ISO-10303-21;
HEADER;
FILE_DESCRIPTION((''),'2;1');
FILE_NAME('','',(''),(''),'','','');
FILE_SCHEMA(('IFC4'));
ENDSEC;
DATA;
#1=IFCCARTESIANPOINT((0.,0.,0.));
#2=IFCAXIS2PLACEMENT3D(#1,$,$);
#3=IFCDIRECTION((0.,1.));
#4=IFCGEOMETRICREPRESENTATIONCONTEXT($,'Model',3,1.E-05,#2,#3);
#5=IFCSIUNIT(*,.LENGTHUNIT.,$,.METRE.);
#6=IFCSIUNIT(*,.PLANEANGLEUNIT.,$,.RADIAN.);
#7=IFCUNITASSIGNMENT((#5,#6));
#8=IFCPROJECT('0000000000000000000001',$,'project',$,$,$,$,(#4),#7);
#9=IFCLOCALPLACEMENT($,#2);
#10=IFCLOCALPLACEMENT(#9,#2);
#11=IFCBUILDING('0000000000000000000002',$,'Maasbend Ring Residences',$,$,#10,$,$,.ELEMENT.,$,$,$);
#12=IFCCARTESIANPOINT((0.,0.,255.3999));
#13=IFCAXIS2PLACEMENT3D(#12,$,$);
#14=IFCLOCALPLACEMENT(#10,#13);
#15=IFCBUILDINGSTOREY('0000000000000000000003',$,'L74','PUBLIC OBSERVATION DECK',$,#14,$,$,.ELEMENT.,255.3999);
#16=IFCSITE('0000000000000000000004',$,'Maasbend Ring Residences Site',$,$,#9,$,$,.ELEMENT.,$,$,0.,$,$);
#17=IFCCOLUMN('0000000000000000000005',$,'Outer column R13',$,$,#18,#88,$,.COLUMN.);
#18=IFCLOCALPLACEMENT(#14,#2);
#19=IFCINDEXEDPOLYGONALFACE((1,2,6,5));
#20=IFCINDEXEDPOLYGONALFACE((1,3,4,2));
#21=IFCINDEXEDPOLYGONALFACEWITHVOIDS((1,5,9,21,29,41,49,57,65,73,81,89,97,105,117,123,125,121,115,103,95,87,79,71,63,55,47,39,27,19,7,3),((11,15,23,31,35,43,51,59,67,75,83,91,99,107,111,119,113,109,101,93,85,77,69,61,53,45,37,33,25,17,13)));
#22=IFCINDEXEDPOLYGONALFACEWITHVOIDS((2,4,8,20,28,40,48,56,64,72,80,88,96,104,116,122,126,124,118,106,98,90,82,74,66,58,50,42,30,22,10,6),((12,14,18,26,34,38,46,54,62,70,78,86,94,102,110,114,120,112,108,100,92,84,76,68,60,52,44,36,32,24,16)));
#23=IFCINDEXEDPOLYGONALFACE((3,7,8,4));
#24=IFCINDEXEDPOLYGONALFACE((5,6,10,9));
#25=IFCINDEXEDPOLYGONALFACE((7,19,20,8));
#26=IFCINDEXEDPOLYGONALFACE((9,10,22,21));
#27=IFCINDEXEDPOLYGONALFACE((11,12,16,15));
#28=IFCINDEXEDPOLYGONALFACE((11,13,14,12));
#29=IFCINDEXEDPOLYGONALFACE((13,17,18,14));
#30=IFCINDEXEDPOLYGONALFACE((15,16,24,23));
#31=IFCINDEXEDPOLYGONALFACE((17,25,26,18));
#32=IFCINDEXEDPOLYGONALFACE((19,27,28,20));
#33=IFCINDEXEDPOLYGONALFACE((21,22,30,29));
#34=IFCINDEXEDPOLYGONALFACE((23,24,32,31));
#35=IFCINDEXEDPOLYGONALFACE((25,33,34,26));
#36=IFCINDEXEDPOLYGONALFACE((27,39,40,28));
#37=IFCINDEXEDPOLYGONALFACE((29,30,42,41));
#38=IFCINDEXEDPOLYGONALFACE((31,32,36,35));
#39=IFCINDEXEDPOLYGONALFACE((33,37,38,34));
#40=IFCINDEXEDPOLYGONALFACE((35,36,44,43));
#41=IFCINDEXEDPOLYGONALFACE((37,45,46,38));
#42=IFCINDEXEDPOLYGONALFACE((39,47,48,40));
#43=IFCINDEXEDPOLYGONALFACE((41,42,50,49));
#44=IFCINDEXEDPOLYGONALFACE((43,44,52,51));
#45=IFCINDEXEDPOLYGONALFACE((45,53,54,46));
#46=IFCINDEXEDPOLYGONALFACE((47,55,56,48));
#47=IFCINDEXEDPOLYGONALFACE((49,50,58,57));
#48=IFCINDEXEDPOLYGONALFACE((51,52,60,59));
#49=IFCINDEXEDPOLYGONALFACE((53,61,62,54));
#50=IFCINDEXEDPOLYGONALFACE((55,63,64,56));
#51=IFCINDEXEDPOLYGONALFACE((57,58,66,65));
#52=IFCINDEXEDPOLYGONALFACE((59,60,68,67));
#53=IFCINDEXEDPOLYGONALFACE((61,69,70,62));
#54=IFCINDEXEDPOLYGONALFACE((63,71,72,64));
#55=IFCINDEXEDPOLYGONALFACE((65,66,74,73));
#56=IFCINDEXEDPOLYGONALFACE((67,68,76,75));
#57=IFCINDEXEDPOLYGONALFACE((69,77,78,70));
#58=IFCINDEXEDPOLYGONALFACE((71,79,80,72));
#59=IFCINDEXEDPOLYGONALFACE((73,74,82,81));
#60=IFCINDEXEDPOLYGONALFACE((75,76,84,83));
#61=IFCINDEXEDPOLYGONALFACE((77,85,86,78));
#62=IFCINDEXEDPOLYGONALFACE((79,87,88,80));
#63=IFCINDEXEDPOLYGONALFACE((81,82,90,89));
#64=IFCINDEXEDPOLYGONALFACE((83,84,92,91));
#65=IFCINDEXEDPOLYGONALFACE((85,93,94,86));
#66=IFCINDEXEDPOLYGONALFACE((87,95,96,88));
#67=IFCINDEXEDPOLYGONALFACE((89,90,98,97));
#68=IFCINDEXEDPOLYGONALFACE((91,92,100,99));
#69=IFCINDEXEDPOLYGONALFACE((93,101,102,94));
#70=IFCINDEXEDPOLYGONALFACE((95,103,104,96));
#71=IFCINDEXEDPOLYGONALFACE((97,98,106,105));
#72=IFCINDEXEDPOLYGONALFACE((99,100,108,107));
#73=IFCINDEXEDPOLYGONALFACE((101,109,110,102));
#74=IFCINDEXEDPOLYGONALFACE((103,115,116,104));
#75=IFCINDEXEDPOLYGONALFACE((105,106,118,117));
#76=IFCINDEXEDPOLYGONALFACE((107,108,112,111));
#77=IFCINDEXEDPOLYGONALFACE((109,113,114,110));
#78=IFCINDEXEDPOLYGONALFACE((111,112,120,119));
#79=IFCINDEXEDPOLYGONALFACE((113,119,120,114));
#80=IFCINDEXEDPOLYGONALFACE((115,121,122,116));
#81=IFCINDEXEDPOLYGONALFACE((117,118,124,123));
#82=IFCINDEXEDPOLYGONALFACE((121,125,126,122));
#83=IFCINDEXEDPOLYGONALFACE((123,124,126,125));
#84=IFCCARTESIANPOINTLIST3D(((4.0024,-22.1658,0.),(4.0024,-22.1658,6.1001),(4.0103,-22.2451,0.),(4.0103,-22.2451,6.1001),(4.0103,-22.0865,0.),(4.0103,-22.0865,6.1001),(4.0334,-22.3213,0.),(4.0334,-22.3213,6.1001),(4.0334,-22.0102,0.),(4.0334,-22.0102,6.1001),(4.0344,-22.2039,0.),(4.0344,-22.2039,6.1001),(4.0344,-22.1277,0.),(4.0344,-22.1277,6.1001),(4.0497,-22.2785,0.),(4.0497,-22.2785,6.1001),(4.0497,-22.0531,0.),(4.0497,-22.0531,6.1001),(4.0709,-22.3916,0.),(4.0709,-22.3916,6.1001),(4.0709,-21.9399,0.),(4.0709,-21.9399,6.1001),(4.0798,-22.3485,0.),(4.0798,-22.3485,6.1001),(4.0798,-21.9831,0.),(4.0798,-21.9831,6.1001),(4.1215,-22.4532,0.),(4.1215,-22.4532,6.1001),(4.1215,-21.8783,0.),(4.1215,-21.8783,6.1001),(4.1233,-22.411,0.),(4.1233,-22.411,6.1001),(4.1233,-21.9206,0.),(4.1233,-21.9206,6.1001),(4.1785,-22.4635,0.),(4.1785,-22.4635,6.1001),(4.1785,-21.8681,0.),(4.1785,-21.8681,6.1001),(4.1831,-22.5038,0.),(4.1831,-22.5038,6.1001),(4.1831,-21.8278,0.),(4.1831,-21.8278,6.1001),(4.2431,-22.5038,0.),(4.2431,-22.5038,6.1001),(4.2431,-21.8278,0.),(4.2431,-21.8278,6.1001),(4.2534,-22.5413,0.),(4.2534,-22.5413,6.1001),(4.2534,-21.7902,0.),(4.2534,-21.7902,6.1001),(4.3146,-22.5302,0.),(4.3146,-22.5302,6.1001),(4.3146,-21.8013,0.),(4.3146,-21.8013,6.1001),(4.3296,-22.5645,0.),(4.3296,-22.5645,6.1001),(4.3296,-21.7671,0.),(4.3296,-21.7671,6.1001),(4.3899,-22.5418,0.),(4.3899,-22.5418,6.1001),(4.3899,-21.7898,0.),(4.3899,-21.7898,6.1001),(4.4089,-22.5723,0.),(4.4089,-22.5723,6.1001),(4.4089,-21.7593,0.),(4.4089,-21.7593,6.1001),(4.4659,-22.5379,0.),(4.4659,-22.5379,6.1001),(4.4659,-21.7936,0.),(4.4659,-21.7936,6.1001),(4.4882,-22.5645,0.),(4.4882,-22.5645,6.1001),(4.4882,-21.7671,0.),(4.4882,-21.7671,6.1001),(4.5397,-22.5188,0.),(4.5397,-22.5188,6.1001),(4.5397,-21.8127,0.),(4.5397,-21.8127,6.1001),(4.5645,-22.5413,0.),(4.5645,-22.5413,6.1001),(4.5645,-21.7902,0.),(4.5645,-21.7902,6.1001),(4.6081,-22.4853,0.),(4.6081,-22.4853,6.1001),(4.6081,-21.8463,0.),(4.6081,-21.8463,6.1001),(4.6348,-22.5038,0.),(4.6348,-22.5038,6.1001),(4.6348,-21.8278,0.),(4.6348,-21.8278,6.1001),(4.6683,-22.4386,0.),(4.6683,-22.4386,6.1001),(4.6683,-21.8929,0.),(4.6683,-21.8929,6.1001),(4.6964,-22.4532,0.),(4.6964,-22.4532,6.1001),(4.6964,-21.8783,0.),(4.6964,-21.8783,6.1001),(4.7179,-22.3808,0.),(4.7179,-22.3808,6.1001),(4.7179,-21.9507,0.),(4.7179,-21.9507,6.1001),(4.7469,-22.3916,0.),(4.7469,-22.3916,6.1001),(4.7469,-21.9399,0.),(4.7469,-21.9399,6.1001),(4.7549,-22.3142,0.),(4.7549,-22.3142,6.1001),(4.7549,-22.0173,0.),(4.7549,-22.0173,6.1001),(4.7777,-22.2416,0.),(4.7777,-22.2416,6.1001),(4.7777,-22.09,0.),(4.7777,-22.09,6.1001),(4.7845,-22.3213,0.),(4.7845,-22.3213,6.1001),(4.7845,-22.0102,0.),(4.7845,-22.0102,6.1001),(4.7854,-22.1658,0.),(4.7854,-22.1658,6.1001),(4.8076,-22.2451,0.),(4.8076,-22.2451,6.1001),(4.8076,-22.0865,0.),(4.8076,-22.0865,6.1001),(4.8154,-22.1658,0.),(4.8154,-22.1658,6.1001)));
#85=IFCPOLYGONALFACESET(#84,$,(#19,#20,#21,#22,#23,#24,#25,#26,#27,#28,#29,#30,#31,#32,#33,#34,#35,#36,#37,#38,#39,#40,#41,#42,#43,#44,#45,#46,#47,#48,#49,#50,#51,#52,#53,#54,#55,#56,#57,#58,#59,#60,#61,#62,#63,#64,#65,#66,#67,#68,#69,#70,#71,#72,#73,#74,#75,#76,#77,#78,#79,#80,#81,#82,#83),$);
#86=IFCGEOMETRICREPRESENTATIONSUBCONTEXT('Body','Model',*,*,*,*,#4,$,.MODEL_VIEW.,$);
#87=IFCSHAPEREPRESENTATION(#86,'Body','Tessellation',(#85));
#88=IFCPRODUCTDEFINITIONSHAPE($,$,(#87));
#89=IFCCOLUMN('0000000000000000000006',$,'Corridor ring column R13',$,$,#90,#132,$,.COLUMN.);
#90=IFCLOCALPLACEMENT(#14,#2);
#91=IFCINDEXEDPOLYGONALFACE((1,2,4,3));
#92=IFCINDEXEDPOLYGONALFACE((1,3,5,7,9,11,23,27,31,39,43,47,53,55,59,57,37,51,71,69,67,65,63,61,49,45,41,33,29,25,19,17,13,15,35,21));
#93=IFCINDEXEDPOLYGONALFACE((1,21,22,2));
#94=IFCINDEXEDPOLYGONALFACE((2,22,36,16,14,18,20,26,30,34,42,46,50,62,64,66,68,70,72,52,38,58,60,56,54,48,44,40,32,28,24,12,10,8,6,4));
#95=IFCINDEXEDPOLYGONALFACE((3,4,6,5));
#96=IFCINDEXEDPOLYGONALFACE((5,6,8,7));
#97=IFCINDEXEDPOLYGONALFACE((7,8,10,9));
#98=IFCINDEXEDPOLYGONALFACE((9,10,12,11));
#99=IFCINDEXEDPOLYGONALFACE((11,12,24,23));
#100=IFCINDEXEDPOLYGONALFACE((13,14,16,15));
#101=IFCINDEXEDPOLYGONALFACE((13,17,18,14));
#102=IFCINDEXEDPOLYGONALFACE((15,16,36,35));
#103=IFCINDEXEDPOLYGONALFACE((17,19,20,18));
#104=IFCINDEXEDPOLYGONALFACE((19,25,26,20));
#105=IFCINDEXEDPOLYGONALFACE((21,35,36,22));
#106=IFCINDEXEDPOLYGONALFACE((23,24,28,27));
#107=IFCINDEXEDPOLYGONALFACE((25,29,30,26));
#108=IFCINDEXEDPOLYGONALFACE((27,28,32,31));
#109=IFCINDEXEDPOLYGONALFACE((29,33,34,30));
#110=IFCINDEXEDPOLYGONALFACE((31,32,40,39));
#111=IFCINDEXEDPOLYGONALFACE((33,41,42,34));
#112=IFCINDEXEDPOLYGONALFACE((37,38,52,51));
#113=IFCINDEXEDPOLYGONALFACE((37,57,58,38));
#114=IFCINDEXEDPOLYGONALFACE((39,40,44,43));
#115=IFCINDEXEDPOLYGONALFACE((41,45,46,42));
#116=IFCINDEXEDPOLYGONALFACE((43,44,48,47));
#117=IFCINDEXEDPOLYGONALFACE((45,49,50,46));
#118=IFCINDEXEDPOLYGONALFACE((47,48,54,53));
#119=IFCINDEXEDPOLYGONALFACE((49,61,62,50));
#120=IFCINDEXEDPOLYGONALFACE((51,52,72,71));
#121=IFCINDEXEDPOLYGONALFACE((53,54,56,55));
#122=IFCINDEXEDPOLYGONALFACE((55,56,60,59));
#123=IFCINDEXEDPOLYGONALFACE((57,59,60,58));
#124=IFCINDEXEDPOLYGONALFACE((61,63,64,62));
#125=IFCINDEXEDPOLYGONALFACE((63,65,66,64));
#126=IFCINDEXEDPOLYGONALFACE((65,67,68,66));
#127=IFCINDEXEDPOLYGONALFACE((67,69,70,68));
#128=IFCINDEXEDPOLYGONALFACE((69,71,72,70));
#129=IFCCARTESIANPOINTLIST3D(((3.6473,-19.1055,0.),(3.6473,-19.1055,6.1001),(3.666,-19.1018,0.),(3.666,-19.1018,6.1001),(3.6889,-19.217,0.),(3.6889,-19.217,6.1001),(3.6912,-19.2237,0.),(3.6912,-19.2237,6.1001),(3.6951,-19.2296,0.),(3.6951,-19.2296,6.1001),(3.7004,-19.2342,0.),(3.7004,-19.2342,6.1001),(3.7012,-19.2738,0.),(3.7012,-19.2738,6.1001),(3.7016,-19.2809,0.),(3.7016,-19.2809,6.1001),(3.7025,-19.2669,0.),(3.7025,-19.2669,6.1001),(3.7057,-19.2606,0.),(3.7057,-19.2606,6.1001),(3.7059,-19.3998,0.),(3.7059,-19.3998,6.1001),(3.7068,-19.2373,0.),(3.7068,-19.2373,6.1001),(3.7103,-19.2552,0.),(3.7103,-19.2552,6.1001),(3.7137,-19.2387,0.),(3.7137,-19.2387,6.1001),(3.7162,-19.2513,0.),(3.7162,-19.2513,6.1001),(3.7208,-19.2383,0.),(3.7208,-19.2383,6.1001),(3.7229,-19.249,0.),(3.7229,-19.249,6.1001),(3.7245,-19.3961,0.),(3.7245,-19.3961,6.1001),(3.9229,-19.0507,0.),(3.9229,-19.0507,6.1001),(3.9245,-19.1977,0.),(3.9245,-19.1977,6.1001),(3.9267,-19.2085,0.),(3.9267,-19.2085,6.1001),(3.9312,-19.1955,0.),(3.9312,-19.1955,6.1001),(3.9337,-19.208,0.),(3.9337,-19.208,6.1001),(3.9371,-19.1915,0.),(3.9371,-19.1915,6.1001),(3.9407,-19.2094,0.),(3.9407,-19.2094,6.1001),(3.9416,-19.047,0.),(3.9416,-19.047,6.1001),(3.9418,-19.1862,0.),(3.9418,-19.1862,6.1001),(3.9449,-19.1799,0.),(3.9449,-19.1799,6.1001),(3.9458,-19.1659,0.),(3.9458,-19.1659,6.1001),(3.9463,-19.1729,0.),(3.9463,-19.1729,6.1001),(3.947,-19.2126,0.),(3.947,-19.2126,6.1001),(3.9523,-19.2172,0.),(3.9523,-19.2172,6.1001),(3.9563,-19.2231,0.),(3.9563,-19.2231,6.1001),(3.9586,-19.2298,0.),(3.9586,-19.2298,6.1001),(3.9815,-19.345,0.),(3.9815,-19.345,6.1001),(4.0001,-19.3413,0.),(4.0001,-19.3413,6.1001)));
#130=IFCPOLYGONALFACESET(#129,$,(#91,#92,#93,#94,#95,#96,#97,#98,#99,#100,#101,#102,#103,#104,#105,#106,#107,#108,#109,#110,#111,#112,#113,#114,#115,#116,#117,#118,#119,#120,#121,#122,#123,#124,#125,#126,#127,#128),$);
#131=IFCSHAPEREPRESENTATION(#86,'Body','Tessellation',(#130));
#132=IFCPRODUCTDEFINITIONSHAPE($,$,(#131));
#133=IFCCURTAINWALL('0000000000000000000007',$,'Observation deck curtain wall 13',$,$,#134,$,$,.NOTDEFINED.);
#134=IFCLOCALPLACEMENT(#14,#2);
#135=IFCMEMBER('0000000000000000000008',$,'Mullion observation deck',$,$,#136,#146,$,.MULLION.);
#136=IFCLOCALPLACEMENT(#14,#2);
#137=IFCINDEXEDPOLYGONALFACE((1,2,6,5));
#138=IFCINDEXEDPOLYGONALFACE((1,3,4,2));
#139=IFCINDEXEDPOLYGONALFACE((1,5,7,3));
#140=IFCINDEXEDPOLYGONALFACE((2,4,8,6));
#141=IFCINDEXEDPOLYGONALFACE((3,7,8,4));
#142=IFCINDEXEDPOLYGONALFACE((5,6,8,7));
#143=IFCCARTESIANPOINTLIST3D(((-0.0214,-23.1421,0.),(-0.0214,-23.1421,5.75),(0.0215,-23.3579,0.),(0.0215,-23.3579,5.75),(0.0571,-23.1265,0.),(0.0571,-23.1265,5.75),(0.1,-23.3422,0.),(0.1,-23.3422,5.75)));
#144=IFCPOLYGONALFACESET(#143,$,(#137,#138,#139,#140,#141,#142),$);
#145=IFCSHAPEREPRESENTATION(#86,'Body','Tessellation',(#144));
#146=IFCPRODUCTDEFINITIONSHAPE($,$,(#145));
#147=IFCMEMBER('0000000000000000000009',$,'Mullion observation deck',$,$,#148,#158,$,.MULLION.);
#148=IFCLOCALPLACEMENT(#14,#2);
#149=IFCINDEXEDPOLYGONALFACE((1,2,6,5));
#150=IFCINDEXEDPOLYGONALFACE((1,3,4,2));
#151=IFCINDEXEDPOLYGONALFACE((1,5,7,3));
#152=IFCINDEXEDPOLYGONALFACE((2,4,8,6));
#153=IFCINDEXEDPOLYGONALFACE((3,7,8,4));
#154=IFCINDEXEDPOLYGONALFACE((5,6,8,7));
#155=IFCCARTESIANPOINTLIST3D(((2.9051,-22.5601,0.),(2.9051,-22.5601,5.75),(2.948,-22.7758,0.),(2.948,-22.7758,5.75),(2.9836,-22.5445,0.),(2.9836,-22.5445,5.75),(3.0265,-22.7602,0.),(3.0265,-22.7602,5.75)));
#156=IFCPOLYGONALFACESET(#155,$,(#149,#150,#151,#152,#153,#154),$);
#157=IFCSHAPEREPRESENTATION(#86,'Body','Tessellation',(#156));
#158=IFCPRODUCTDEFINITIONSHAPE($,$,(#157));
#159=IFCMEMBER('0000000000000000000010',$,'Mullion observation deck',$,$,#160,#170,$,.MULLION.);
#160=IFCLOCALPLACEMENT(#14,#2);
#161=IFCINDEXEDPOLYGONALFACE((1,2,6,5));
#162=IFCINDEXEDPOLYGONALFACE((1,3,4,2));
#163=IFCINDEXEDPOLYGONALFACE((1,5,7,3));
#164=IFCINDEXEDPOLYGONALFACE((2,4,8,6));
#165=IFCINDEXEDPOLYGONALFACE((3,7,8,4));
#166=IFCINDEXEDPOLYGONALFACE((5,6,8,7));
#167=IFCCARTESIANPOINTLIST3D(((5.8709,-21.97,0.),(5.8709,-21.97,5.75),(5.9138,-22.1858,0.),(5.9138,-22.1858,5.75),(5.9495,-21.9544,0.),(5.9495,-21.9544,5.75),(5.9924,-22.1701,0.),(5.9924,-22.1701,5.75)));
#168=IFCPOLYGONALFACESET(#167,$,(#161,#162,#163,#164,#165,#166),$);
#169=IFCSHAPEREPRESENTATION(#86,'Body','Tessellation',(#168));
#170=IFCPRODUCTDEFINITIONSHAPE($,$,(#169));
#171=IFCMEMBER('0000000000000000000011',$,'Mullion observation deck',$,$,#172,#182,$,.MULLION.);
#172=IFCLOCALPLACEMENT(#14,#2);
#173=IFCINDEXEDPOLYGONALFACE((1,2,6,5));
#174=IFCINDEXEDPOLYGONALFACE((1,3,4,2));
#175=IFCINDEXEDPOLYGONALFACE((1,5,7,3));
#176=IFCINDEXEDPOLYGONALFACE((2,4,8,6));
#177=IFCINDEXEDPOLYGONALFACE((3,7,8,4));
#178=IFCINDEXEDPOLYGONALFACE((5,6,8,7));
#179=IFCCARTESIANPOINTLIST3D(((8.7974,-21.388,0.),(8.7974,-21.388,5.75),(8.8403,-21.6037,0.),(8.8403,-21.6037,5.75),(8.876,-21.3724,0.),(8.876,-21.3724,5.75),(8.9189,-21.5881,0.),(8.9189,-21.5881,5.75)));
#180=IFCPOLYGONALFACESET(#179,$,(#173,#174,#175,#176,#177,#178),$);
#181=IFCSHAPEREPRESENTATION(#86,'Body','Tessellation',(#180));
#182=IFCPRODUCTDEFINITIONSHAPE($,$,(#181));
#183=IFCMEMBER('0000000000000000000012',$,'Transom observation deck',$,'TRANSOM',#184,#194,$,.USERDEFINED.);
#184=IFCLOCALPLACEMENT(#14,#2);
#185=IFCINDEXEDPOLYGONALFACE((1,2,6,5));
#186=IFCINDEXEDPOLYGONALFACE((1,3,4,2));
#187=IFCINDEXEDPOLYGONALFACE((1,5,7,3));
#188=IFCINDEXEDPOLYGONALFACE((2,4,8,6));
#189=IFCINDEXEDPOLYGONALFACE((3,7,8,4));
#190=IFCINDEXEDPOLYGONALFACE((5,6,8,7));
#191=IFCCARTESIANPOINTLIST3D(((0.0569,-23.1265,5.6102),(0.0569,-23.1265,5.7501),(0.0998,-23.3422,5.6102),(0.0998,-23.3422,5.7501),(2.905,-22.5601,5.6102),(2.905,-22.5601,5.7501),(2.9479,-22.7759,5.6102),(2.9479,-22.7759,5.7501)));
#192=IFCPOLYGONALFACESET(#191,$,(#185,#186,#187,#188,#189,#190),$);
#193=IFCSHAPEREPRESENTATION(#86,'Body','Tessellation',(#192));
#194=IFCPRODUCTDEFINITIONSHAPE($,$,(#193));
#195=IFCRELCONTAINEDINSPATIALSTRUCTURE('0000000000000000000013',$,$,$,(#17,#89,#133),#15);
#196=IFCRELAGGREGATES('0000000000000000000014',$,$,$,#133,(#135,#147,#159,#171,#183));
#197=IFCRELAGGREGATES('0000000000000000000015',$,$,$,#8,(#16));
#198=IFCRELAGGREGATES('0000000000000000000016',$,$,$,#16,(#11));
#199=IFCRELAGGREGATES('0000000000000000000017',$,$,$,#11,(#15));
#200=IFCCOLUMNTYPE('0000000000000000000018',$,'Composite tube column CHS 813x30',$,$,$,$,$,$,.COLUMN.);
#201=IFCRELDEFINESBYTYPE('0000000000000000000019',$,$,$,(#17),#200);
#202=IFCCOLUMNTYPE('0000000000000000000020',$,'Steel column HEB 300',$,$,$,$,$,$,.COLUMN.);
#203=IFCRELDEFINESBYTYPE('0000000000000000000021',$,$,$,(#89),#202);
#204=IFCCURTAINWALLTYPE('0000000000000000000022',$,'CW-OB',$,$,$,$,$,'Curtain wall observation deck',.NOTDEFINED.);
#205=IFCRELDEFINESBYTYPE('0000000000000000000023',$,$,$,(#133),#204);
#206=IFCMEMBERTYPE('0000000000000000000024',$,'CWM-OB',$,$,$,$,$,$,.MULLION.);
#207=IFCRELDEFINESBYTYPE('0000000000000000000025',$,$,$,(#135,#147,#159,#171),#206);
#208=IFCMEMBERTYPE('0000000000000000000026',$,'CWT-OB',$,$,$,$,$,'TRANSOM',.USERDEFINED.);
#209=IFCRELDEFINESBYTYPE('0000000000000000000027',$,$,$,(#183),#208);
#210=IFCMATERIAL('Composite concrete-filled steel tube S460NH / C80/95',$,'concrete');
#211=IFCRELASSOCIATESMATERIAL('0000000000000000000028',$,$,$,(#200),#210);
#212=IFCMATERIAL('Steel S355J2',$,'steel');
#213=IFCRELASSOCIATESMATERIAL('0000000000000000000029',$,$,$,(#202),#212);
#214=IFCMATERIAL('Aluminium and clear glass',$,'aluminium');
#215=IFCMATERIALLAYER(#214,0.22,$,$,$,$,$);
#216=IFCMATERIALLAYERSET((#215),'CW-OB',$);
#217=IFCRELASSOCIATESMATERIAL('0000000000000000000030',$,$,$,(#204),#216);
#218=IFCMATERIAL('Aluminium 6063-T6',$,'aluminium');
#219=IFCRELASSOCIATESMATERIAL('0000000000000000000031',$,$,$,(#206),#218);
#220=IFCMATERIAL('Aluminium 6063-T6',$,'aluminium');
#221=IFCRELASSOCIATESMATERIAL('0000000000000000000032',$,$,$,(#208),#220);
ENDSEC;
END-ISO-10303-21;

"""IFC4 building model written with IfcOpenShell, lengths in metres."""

from ifc_helpers import new_model, si_unit, direction, frame, origin, origin_2d, place, context, subcontext, project, spatial, rectangle, hollow_circle, i_section, extrude, material, layer, layer_set, material_profile, profile_set, type_object, element, aggregate, save


model = new_model("IFC4")

# Units and contexts
model_context = context("Model", 3, precision=1e-05, world=origin(), true_north=direction((0.0, 1.0)))
body_context = subcontext(model_context, "Body", "Model", "MODEL_VIEW")
ifc_project = project(units=[si_unit("LENGTHUNIT", "METRE"), si_unit("PLANEANGLEUNIT", "RADIAN")], contexts=[model_context])

# Site, building, storey
site_placement = place(None, origin())
site = spatial("IfcSite", under=ifc_project, at=site_placement, Name="Maasbend Ring Residences Site", CompositionType="ELEMENT", RefElevation=0.0)
building_placement = place(site_placement, origin())
building = spatial("IfcBuilding", under=site, at=building_placement, Name="Maasbend Ring Residences", CompositionType="ELEMENT")
storey_placement = place(building_placement, frame((0.0, 0.0, 255.3999)))
storey = spatial("IfcBuildingStorey", under=building, at=storey_placement, Name="L74", Description="PUBLIC OBSERVATION DECK", CompositionType="ELEMENT", Elevation=255.3999)

# Columns
ifc_material_1 = material(Name="Composite concrete-filled steel tube S460NH / C80/95", Category="concrete")
ifc_material_profile_1 = material_profile(ifc_material_1, hollow_circle(Radius=0.4065, WallThickness=0.03, at=origin_2d()), Name="Composite tube column CHS 813x30")
ifc_profile_set_1 = profile_set([ifc_material_profile_1], Name="Composite concrete-filled steel tube S460NH / C80/95")
column_type_1 = type_object("IfcColumnType", Name="Composite tube column CHS 813x30", PredefinedType="COLUMN", material=ifc_profile_set_1)
column_1_placement = place(storey_placement, frame((4.4089, -22.1658, 0.0), z_axis=(0.0, 0.0, 1.0), x_axis=(1.0, 0.0, 0.0)))
element("IfcColumn", 1, at=column_1_placement, inside=storey, type_object=column_type_1, Name="Outer column R13", PredefinedType="COLUMN", context=body_context, shape_type="SweptSolid", body=[
    extrude(hollow_circle(Radius=0.4065, WallThickness=0.03, at=origin_2d()), origin(), (0.0, 0.0, 1.0), 6.1001),
])
ifc_material_2 = material(Name="Steel S355J2", Category="steel")
ifc_material_profile_2 = material_profile(ifc_material_2, i_section(OverallWidth=0.3, OverallDepth=0.3, WebThickness=0.011, FlangeThickness=0.019, FilletRadius=0.0271, at=origin_2d()), Name="HEB 300")
ifc_profile_set_2 = profile_set([ifc_material_profile_2], Name="Steel S355J2")
column_type_2 = type_object("IfcColumnType", Name="Steel column HEB 300", PredefinedType="COLUMN", material=ifc_profile_set_2)
column_2_placement = place(storey_placement, frame((3.8237, -19.2234, 0.0), z_axis=(0.0, 0.0, 1.0), x_axis=(0.19509, -0.980785, 0.0)))
element("IfcColumn", 2, at=column_2_placement, inside=storey, type_object=column_type_2, Name="Corridor ring column R13", PredefinedType="COLUMN", context=body_context, shape_type="SweptSolid", body=[
    extrude(i_section(OverallWidth=0.3, OverallDepth=0.3, WebThickness=0.011, FlangeThickness=0.019, FilletRadius=0.0271, at=origin_2d()), origin(), (0.0, 0.0, 1.0), 6.1001),
])

# Curtain wall, members
ifc_material_3 = material(Name="Aluminium and clear glass", Category="aluminium")
ifc_layer_1 = layer(ifc_material_3, 0.22)
ifc_layer_set_1 = layer_set([ifc_layer_1], Name="CW-OB")
curtain_wall_type = type_object("IfcCurtainWallType", Name="CW-OB", ElementType="Curtain wall observation deck", PredefinedType="NOTDEFINED", material=ifc_layer_set_1)
curtain_wall_placement = place(storey_placement, origin())
curtain_wall = element("IfcCurtainWall", 3, at=curtain_wall_placement, inside=storey, type_object=curtain_wall_type, Name="Observation deck curtain wall 13", PredefinedType="NOTDEFINED")
ifc_material_4 = material(Name="Aluminium 6063-T6", Category="aluminium")
ifc_material_profile_3 = material_profile(ifc_material_4, rectangle(XDim=0.22, YDim=0.0801, at=origin_2d()), Name="AL 220x80")
ifc_profile_set_3 = profile_set([ifc_material_profile_3], Name="Aluminium 6063-T6")
member_type_1 = type_object("IfcMemberType", Name="CWM-OB", PredefinedType="MULLION", material=ifc_profile_set_3)
member_1_placement = place(storey_placement, frame((0.0393, -23.2422, 0.0), z_axis=(0.0, 0.0, 1.0), x_axis=(-0.19509, 0.980785, 0.0)))
member_1 = element("IfcMember", 4, at=member_1_placement, type_object=member_type_1, Name="Mullion observation deck", PredefinedType="MULLION", context=body_context, shape_type="SweptSolid", body=[
    extrude(rectangle(XDim=0.22, YDim=0.0801, at=origin_2d()), origin(), (0.0, 0.0, 1.0), 5.75),
])
member_2_placement = place(storey_placement, frame((2.9658, -22.6602, 0.0), z_axis=(0.0, 0.0, 1.0), x_axis=(-0.19509, 0.980785, 0.0)))
member_2 = element("IfcMember", 5, at=member_2_placement, type_object=member_type_1, Name="Mullion observation deck", PredefinedType="MULLION", context=body_context, shape_type="SweptSolid", body=[
    extrude(rectangle(XDim=0.22, YDim=0.0801, at=origin_2d()), origin(), (0.0, 0.0, 1.0), 5.75),
])
member_3_placement = place(storey_placement, frame((5.9316, -22.0701, 0.0), z_axis=(0.0, 0.0, 1.0), x_axis=(-0.19509, 0.980785, 0.0)))
member_3 = element("IfcMember", 6, at=member_3_placement, type_object=member_type_1, Name="Mullion observation deck", PredefinedType="MULLION", context=body_context, shape_type="SweptSolid", body=[
    extrude(rectangle(XDim=0.22, YDim=0.0801, at=origin_2d()), origin(), (0.0, 0.0, 1.0), 5.75),
])
member_4_placement = place(storey_placement, frame((8.8582, -21.488, 0.0), z_axis=(0.0, 0.0, 1.0), x_axis=(-0.19509, 0.980785, 0.0)))
member_4 = element("IfcMember", 7, at=member_4_placement, type_object=member_type_1, Name="Mullion observation deck", PredefinedType="MULLION", context=body_context, shape_type="SweptSolid", body=[
    extrude(rectangle(XDim=0.22, YDim=0.0801, at=origin_2d()), origin(), (0.0, 0.0, 1.0), 5.75),
])
ifc_material_5 = material(Name="Aluminium 6063-T6", Category="aluminium")
ifc_material_profile_4 = material_profile(ifc_material_5, rectangle(XDim=0.22, YDim=0.1399, at=origin_2d()), Name="AL 220x140")
ifc_profile_set_4 = profile_set([ifc_material_profile_4], Name="Aluminium 6063-T6")
member_type_2 = type_object("IfcMemberType", Name="CWT-OB", ElementType="TRANSOM", PredefinedType="USERDEFINED", material=ifc_profile_set_4)
member_5_placement = place(storey_placement, frame((0.0784, -23.2344, 5.6802), z_axis=(0.980794, 0.195049, 0.0), x_axis=(-0.195049, 0.980794, 0.0)))
member_5 = element("IfcMember", 8, at=member_5_placement, type_object=member_type_2, Name="Transom observation deck", ObjectType="TRANSOM", PredefinedType="USERDEFINED", context=body_context, shape_type="SweptSolid", body=[
    extrude(rectangle(XDim=0.22, YDim=0.1399, at=origin_2d()), origin(), (0.0, 0.0, 1.0), 2.9038),
])

aggregate(curtain_wall, [member_1, member_2, member_3, member_4, member_5])

save(model, "model.ifc")
